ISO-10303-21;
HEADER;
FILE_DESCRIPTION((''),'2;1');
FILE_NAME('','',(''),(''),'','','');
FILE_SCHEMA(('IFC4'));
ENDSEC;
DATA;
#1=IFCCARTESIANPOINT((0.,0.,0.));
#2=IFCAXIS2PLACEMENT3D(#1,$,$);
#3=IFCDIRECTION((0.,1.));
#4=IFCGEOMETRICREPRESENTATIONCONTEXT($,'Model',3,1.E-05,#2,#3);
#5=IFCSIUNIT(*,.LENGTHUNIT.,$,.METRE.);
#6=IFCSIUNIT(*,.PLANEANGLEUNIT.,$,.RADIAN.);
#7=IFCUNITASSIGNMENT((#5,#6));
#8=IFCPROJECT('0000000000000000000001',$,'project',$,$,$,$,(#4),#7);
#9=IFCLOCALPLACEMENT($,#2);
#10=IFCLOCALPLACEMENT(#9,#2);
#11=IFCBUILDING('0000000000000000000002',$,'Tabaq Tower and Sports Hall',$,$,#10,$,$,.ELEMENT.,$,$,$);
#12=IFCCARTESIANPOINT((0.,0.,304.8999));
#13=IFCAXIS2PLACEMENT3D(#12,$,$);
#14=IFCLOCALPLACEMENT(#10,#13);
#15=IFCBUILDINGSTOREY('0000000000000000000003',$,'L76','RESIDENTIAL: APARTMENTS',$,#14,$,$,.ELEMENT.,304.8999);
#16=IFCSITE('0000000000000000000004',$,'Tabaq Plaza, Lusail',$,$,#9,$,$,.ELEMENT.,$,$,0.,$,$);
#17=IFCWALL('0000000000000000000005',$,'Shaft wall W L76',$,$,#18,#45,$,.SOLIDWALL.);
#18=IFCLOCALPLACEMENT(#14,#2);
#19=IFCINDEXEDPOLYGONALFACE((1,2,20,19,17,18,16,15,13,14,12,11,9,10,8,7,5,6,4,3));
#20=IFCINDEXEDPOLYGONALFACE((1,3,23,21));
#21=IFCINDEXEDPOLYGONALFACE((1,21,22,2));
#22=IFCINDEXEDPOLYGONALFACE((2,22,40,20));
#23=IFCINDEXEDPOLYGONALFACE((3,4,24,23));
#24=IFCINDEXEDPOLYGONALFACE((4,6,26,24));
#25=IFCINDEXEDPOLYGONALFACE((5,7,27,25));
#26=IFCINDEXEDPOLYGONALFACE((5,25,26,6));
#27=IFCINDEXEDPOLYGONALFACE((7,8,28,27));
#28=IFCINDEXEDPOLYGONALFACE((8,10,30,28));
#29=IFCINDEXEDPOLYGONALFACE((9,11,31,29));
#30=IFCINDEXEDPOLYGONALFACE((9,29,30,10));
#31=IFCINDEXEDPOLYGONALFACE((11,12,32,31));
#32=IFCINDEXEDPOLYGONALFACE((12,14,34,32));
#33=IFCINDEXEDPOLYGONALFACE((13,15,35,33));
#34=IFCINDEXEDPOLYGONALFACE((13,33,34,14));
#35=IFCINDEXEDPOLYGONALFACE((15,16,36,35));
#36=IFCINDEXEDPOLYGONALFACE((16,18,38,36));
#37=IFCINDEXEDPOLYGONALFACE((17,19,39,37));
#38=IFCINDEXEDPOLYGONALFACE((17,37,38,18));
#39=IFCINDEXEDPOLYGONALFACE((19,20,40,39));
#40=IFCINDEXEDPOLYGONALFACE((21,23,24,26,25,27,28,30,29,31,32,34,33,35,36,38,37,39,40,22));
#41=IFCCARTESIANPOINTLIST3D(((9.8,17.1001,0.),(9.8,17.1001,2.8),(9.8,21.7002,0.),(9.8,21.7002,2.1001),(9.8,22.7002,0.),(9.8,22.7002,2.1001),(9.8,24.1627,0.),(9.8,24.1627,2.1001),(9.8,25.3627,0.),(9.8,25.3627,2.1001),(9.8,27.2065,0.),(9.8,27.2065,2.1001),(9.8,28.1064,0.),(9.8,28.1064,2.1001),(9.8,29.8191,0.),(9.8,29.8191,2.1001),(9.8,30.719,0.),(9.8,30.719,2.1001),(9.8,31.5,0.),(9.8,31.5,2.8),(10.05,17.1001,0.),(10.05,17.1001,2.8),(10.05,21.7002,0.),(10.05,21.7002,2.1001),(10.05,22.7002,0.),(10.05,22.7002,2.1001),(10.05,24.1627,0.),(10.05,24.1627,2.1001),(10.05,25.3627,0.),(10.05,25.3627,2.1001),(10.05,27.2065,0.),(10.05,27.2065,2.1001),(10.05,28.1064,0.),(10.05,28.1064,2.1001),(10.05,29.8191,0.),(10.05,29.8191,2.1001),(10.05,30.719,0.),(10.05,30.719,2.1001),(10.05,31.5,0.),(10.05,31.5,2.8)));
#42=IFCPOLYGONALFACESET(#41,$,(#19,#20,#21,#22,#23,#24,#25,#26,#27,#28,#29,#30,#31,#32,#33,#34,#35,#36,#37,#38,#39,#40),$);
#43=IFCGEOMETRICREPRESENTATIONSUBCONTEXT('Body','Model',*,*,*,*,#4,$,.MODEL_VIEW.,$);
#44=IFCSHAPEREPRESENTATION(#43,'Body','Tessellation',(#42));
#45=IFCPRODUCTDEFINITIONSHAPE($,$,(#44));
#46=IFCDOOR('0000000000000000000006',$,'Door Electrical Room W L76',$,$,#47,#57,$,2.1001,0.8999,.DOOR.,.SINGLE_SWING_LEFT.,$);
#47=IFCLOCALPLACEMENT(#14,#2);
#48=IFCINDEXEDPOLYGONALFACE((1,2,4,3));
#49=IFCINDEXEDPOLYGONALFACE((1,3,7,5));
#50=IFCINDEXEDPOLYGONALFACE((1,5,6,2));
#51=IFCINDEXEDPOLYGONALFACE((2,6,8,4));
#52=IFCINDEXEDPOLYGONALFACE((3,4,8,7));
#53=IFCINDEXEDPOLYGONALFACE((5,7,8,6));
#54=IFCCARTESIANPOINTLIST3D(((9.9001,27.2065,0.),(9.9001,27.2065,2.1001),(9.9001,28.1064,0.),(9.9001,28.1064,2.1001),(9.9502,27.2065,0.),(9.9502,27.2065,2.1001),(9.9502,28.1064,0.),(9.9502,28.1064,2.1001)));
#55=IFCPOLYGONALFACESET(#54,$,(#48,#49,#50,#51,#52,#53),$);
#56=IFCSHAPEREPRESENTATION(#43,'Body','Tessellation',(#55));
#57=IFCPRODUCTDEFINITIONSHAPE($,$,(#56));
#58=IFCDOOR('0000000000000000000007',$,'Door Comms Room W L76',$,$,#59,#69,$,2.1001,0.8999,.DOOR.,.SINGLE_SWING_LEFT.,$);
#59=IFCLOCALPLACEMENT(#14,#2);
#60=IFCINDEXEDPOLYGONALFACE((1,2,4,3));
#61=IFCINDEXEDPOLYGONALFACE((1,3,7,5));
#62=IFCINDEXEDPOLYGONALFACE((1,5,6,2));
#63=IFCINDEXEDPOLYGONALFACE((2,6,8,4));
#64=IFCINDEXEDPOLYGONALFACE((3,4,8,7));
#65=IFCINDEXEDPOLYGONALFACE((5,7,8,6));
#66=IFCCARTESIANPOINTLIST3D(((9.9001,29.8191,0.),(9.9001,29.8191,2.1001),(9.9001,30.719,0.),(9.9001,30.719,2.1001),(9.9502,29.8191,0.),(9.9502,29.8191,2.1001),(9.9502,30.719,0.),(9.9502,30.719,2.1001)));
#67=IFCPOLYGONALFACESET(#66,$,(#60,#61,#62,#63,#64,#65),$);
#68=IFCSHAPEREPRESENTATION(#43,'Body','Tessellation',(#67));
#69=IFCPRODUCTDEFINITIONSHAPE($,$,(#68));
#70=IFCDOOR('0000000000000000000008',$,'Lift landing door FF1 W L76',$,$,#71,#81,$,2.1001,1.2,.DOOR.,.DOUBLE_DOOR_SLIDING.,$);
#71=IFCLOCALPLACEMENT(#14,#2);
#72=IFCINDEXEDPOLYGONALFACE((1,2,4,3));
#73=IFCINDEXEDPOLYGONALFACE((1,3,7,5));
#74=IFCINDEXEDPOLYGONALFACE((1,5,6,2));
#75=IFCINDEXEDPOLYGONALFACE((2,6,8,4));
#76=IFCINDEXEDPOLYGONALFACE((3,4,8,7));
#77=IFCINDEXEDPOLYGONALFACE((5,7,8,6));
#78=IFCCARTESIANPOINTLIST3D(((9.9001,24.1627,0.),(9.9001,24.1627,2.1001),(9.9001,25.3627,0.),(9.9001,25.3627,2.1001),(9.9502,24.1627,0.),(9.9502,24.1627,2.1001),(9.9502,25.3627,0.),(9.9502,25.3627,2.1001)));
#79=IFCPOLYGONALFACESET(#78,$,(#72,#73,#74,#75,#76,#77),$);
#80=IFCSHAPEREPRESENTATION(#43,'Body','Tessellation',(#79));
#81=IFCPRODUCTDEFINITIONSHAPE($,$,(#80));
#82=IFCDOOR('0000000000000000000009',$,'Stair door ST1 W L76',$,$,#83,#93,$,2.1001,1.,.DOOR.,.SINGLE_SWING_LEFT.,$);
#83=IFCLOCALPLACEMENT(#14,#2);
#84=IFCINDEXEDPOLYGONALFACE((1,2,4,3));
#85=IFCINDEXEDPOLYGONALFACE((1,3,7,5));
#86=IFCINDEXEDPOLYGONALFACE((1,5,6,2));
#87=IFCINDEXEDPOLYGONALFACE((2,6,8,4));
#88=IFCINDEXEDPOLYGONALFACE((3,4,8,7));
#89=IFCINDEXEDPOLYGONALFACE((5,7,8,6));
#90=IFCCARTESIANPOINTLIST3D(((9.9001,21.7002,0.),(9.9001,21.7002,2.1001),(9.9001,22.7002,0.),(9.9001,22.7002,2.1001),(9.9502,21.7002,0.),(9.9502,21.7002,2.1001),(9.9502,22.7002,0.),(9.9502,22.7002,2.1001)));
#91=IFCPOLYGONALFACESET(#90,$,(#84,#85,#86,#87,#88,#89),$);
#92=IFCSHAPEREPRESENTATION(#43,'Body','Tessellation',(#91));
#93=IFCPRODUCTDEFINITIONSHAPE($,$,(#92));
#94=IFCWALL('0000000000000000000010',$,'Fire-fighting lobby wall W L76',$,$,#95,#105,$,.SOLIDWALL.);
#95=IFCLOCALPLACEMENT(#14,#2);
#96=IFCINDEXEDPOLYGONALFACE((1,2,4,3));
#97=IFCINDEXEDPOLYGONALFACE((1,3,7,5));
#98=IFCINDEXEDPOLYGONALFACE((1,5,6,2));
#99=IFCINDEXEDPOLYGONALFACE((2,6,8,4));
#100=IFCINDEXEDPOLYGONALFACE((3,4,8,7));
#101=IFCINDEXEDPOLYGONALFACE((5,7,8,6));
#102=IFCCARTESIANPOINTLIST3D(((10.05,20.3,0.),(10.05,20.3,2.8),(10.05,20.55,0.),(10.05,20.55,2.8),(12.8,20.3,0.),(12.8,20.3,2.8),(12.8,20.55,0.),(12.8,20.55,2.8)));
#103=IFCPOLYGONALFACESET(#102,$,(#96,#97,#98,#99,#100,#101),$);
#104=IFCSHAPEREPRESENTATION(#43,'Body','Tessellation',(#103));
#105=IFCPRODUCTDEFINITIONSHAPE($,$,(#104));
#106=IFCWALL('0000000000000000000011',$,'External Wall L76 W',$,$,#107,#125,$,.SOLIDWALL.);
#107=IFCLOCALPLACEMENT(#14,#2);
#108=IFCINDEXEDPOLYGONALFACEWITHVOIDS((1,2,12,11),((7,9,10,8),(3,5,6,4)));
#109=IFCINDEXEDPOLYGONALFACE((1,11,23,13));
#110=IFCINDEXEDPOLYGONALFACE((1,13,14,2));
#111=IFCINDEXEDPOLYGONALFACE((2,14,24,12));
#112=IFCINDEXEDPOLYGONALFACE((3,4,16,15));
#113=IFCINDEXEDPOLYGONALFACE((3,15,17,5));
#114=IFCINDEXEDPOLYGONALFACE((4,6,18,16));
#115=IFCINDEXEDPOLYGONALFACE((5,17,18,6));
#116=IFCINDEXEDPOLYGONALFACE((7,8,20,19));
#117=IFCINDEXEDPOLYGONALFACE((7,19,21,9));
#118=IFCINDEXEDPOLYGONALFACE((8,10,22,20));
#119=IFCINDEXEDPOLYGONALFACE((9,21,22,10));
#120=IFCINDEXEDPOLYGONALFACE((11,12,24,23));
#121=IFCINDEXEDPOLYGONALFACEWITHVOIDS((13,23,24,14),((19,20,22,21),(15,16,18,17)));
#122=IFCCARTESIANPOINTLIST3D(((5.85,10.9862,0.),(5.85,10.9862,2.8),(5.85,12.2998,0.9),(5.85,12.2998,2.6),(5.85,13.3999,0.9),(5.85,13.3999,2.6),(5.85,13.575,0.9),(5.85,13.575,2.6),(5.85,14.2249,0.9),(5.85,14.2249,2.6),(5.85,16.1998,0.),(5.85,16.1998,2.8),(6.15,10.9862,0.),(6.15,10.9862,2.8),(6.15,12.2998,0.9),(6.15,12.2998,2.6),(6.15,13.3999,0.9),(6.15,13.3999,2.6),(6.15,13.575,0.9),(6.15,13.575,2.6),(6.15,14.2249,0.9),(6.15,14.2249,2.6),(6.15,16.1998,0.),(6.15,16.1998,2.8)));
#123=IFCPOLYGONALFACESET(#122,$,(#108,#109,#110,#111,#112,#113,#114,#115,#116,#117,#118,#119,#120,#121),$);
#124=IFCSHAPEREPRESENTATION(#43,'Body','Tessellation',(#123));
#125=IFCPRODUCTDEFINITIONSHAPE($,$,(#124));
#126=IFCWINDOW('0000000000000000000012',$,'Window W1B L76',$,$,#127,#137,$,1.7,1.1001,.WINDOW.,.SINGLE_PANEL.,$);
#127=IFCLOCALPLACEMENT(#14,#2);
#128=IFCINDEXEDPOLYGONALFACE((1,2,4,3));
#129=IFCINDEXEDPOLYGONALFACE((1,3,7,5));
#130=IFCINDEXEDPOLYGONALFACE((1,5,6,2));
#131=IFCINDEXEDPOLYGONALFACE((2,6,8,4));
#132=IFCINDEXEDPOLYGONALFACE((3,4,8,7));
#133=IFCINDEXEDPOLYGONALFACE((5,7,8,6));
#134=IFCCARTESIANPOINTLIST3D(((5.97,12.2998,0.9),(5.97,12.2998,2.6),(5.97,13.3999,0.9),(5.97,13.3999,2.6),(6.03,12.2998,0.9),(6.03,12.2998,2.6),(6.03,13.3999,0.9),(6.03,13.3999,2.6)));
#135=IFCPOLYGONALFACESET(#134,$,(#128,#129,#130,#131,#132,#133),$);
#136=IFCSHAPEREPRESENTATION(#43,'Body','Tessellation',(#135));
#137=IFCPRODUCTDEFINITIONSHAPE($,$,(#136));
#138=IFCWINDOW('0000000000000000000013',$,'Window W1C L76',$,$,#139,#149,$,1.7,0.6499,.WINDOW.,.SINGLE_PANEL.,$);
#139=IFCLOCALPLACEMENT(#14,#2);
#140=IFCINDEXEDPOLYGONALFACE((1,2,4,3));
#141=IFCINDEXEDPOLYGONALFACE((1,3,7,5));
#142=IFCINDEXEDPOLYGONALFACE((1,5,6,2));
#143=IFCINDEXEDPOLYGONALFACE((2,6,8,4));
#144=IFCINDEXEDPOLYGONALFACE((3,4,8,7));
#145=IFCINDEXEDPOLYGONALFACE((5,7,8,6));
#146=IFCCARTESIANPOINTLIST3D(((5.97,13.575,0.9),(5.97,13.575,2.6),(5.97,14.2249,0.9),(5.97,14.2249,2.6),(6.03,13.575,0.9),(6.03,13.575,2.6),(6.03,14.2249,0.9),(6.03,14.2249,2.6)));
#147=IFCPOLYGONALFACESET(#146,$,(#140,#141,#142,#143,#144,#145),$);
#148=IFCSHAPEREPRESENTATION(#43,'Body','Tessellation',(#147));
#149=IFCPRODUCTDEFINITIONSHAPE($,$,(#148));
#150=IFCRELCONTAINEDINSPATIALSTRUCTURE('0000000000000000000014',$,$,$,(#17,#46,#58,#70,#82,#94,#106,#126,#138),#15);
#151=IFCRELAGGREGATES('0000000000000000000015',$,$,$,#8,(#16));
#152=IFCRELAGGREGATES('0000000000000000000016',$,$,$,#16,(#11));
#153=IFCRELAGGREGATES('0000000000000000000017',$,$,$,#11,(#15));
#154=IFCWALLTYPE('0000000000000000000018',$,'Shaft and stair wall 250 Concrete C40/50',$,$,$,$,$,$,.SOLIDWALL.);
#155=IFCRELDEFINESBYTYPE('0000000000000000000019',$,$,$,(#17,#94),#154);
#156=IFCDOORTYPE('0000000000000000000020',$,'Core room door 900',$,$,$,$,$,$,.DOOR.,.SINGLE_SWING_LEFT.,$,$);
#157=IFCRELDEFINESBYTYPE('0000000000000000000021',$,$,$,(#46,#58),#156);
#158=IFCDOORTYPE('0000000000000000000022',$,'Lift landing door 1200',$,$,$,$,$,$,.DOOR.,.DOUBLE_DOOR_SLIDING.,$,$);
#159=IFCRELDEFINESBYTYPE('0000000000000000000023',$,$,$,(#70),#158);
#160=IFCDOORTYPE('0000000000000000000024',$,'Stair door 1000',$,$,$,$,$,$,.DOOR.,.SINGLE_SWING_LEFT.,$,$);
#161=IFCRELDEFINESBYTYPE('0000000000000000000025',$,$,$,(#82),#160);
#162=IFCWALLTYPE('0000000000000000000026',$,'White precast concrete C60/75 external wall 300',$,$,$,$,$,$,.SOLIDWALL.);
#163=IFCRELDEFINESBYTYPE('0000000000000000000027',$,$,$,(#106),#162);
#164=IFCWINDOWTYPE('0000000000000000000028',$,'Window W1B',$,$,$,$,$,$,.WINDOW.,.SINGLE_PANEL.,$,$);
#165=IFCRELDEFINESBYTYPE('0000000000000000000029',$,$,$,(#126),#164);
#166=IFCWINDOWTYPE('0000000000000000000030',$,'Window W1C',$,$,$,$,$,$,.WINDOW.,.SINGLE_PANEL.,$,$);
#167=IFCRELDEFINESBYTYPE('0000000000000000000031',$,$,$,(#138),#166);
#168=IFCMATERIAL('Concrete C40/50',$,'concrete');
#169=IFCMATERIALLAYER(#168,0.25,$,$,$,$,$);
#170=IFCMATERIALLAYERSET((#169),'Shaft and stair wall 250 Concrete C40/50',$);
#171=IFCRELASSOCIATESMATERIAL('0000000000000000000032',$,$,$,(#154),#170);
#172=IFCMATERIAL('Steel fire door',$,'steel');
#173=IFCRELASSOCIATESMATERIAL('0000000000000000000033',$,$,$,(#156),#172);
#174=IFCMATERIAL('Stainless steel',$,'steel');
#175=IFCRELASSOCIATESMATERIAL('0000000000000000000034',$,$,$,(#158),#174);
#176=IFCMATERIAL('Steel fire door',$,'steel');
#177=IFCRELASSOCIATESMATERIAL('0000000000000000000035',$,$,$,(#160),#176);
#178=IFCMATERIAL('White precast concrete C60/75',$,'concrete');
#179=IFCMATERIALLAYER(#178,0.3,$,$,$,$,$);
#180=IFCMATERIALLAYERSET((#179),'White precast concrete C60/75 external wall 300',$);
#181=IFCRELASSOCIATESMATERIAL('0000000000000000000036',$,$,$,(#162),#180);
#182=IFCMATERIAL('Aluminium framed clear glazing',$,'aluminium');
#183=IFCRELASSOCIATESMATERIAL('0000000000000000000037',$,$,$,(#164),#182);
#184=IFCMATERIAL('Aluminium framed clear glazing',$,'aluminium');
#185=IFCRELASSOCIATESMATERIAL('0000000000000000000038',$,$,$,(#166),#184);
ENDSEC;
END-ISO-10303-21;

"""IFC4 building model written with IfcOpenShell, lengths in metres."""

from ifc_helpers import new_model, si_unit, direction, frame, frame_2d, origin, place, context, subcontext, project, spatial, rectangle, extrude, material, layer, layer_set, type_object, element, fill, save


model = new_model("IFC4")

# Units and contexts
model_context = context("Model", 3, precision=1e-05, world=origin(), true_north=direction((0.0, 1.0)))
body_context = subcontext(model_context, "Body", "Model", "MODEL_VIEW")
ifc_project = project(units=[si_unit("LENGTHUNIT", "METRE"), si_unit("PLANEANGLEUNIT", "RADIAN")], contexts=[model_context])

# Site, building, storey
site_placement = place(None, origin())
site = spatial("IfcSite", under=ifc_project, at=site_placement, Name="Tabaq Plaza, Lusail", CompositionType="ELEMENT", RefElevation=0.0)
building_placement = place(site_placement, origin())
building = spatial("IfcBuilding", under=site, at=building_placement, Name="Tabaq Tower and Sports Hall", CompositionType="ELEMENT")
storey_placement = place(building_placement, frame((0.0, 0.0, 304.8999)))
storey = spatial("IfcBuildingStorey", under=building, at=storey_placement, Name="L76", Description="RESIDENTIAL: APARTMENTS", CompositionType="ELEMENT", Elevation=304.8999)

# Wall, openings, doors
ifc_material_1 = material(Name="Concrete C40/50", Category="concrete")
ifc_layer_1 = layer(ifc_material_1, 0.25)
ifc_layer_set_1 = layer_set([ifc_layer_1], Name="Shaft and stair wall 250 Concrete C40/50")
wall_type_1 = type_object("IfcWallType", Name="Shaft and stair wall 250 Concrete C40/50", PredefinedType="SOLIDWALL", material=ifc_layer_set_1)
wall_1_placement = place(storey_placement, frame((9.925, 17.1001, 0.0), z_axis=(0.0, 0.0, 1.0), x_axis=(0.0, 1.0, 0.0)))
wall_1 = element("IfcWall", 1, at=wall_1_placement, inside=storey, type_object=wall_type_1, Name="Shaft wall W L76", PredefinedType="SOLIDWALL", context=body_context, shape_type="SweptSolid", body=[
    extrude(rectangle(XDim=14.3999, YDim=0.25, at=frame_2d((7.2, 0.0))), origin(), (0.0, 0.0, 1.0), 2.8),
])
opening_1_placement = place(wall_1_placement, frame((4.6001, 0.0, 0.0)))
opening_1 = element("IfcOpeningElement", 2, at=opening_1_placement, cuts=wall_1, PredefinedType="OPENING", context=body_context, shape_type="SweptSolid", body=[
    extrude(rectangle(XDim=1.0, YDim=2.1001, at=frame_2d((0.5, 1.05))), frame((0.0, 0.125, 0.0), z_axis=(0.0, -1.0, 0.0), x_axis=(1.0, 0.0, 0.0)), (0.0, 0.0, 1.0), 0.25),
])
opening_2_placement = place(wall_1_placement, frame((7.0625, 0.0, 0.0)))
opening_2 = element("IfcOpeningElement", 3, at=opening_2_placement, cuts=wall_1, PredefinedType="OPENING", context=body_context, shape_type="SweptSolid", body=[
    extrude(rectangle(XDim=1.2, YDim=2.1001, at=frame_2d((0.6001, 1.05))), frame((0.0, 0.125, 0.0), z_axis=(0.0, -1.0, 0.0), x_axis=(1.0, 0.0, 0.0)), (0.0, 0.0, 1.0), 0.25),
])
opening_3_placement = place(wall_1_placement, frame((10.1064, 0.0, 0.0)))
opening_3 = element("IfcOpeningElement", 4, at=opening_3_placement, cuts=wall_1, PredefinedType="OPENING", context=body_context, shape_type="SweptSolid", body=[
    extrude(rectangle(XDim=0.8999, YDim=2.1001, at=frame_2d((0.45, 1.05))), frame((0.0, 0.125, 0.0), z_axis=(0.0, -1.0, 0.0), x_axis=(1.0, 0.0, 0.0)), (0.0, 0.0, 1.0), 0.25),
])
opening_4_placement = place(wall_1_placement, frame((12.719, 0.0, 0.0)))
opening_4 = element("IfcOpeningElement", 5, at=opening_4_placement, cuts=wall_1, PredefinedType="OPENING", context=body_context, shape_type="SweptSolid", body=[
    extrude(rectangle(XDim=0.8999, YDim=2.1001, at=frame_2d((0.45, 1.05))), frame((0.0, 0.125, 0.0), z_axis=(0.0, -1.0, 0.0), x_axis=(1.0, 0.0, 0.0)), (0.0, 0.0, 1.0), 0.25),
])
ifc_material_2 = material(Name="Steel fire door", Category="steel")
door_type_1 = type_object("IfcDoorType", Name="Core room door 900", OperationType="SINGLE_SWING_LEFT", PredefinedType="DOOR", material=ifc_material_2)
door_1_placement = place(opening_3_placement, origin())
door_1 = element("IfcDoor", 6, at=door_1_placement, inside=storey, type_object=door_type_1, Name="Door Electrical Room W L76", OperationType="SINGLE_SWING_LEFT", OverallHeight=2.1001, OverallWidth=0.8999, PredefinedType="DOOR", context=body_context, shape_type="SweptSolid", body=[
    extrude(rectangle(XDim=0.8999, YDim=2.1001, at=frame_2d((0.45, 1.05))), frame((0.0, 0.0249, 0.0), z_axis=(0.0, -1.0, 0.0), x_axis=(1.0, 0.0, 0.0)), (0.0, 0.0, 1.0), 0.05),
])
fill(opening_3, door_1)
door_2_placement = place(opening_4_placement, origin())
door_2 = element("IfcDoor", 7, at=door_2_placement, inside=storey, type_object=door_type_1, Name="Door Comms Room W L76", OperationType="SINGLE_SWING_LEFT", OverallHeight=2.1001, OverallWidth=0.8999, PredefinedType="DOOR", context=body_context, shape_type="SweptSolid", body=[
    extrude(rectangle(XDim=0.8999, YDim=2.1001, at=frame_2d((0.45, 1.05))), frame((0.0, 0.0249, 0.0), z_axis=(0.0, -1.0, 0.0), x_axis=(1.0, 0.0, 0.0)), (0.0, 0.0, 1.0), 0.05),
])
fill(opening_4, door_2)
ifc_material_3 = material(Name="Stainless steel", Category="steel")
door_type_2 = type_object("IfcDoorType", Name="Lift landing door 1200", OperationType="DOUBLE_DOOR_SLIDING", PredefinedType="DOOR", material=ifc_material_3)
door_3_placement = place(opening_2_placement, origin())
door_3 = element("IfcDoor", 8, at=door_3_placement, inside=storey, type_object=door_type_2, Name="Lift landing door FF1 W L76", OperationType="DOUBLE_DOOR_SLIDING", OverallHeight=2.1001, OverallWidth=1.2, PredefinedType="DOOR", context=body_context, shape_type="SweptSolid", body=[
    extrude(rectangle(XDim=1.2, YDim=2.1001, at=frame_2d((0.6001, 1.05))), frame((0.0, 0.0249, 0.0), z_axis=(0.0, -1.0, 0.0), x_axis=(1.0, 0.0, 0.0)), (0.0, 0.0, 1.0), 0.05),
])
fill(opening_2, door_3)
ifc_material_4 = material(Name="Steel fire door", Category="steel")
door_type_3 = type_object("IfcDoorType", Name="Stair door 1000", OperationType="SINGLE_SWING_LEFT", PredefinedType="DOOR", material=ifc_material_4)
door_4_placement = place(opening_1_placement, origin())
door_4 = element("IfcDoor", 9, at=door_4_placement, inside=storey, type_object=door_type_3, Name="Stair door ST1 W L76", OperationType="SINGLE_SWING_LEFT", OverallHeight=2.1001, OverallWidth=1.0, PredefinedType="DOOR", context=body_context, shape_type="SweptSolid", body=[
    extrude(rectangle(XDim=1.0, YDim=2.1001, at=frame_2d((0.5, 1.05))), frame((0.0, 0.0249, 0.0), z_axis=(0.0, -1.0, 0.0), x_axis=(1.0, 0.0, 0.0)), (0.0, 0.0, 1.0), 0.05),
])
fill(opening_1, door_4)

# Wall
wall_2_placement = place(storey_placement, frame((10.05, 20.425, 0.0), z_axis=(0.0, 0.0, 1.0), x_axis=(1.0, 0.0, 0.0)))
element("IfcWall", 10, at=wall_2_placement, inside=storey, type_object=wall_type_1, Name="Fire-fighting lobby wall W L76", PredefinedType="SOLIDWALL", context=body_context, shape_type="SweptSolid", body=[
    extrude(rectangle(XDim=2.75, YDim=0.25, at=frame_2d((1.375, 0.0))), origin(), (0.0, 0.0, 1.0), 2.8),
])

# Wall, openings, windows
ifc_material_5 = material(Name="White precast concrete C60/75", Category="concrete")
ifc_layer_2 = layer(ifc_material_5, 0.3)
ifc_layer_set_2 = layer_set([ifc_layer_2], Name="White precast concrete C60/75 external wall 300")
wall_type_2 = type_object("IfcWallType", Name="White precast concrete C60/75 external wall 300", PredefinedType="SOLIDWALL", material=ifc_layer_set_2)
wall_3_placement = place(storey_placement, frame((6.0, 16.2, 0.0), z_axis=(0.0, 0.0, 1.0), x_axis=(0.0, -1.0, 0.0)))
wall_3 = element("IfcWall", 11, at=wall_3_placement, inside=storey, type_object=wall_type_2, Name="External Wall L76 W", PredefinedType="SOLIDWALL", context=body_context, shape_type="SweptSolid", body=[
    extrude(rectangle(XDim=5.2136, YDim=0.3, at=frame_2d((2.6069, 0.0))), origin(), (0.0, 0.0, 1.0), 2.8),
])
opening_5_placement = place(wall_3_placement, frame((1.9751, 0.0, 0.8999)))
opening_5 = element("IfcOpeningElement", 12, at=opening_5_placement, cuts=wall_3, PredefinedType="OPENING", context=body_context, shape_type="SweptSolid", body=[
    extrude(rectangle(XDim=0.6499, YDim=1.7, at=frame_2d((0.325, 0.8501))), frame((0.0, 0.1602, 0.0), z_axis=(0.0, -1.0, 0.0), x_axis=(1.0, 0.0, 0.0)), (0.0, 0.0, 1.0), 0.3201),
])
opening_6_placement = place(wall_3_placement, frame((2.8, 0.0, 0.8999)))
opening_6 = element("IfcOpeningElement", 13, at=opening_6_placement, cuts=wall_3, PredefinedType="OPENING", context=body_context, shape_type="SweptSolid", body=[
    extrude(rectangle(XDim=1.1001, YDim=1.7, at=frame_2d((0.55, 0.8501))), frame((0.0, 0.1602, 0.0), z_axis=(0.0, -1.0, 0.0), x_axis=(1.0, 0.0, 0.0)), (0.0, 0.0, 1.0), 0.3201),
])
ifc_material_6 = material(Name="Aluminium framed clear glazing", Category="aluminium")
window_type_1 = type_object("IfcWindowType", Name="Window W1B", PartitioningType="SINGLE_PANEL", PredefinedType="WINDOW", material=ifc_material_6)
window_1_placement = place(opening_6_placement, origin())
window_1 = element("IfcWindow", 14, at=window_1_placement, inside=storey, type_object=window_type_1, Name="Window W1B L76", OverallHeight=1.7, OverallWidth=1.1001, PartitioningType="SINGLE_PANEL", PredefinedType="WINDOW", context=body_context, shape_type="SweptSolid", body=[
    extrude(rectangle(XDim=1.1001, YDim=1.7, at=frame_2d((0.55, 0.8501))), frame((0.0, 0.03, 0.0), z_axis=(0.0, -1.0, 0.0), x_axis=(1.0, 0.0, 0.0)), (0.0, 0.0, 1.0), 0.0601),
])
fill(opening_6, window_1)
ifc_material_7 = material(Name="Aluminium framed clear glazing", Category="aluminium")
window_type_2 = type_object("IfcWindowType", Name="Window W1C", PartitioningType="SINGLE_PANEL", PredefinedType="WINDOW", material=ifc_material_7)
window_2_placement = place(opening_5_placement, origin())
window_2 = element("IfcWindow", 15, at=window_2_placement, inside=storey, type_object=window_type_2, Name="Window W1C L76", OverallHeight=1.7, OverallWidth=0.6499, PartitioningType="SINGLE_PANEL", PredefinedType="WINDOW", context=body_context, shape_type="SweptSolid", body=[
    extrude(rectangle(XDim=0.6499, YDim=1.7, at=frame_2d((0.325, 0.8501))), frame((0.0, 0.03, 0.0), z_axis=(0.0, -1.0, 0.0), x_axis=(1.0, 0.0, 0.0)), (0.0, 0.0, 1.0), 0.0601),
])
fill(opening_5, window_2)

save(model, "model.ifc")
